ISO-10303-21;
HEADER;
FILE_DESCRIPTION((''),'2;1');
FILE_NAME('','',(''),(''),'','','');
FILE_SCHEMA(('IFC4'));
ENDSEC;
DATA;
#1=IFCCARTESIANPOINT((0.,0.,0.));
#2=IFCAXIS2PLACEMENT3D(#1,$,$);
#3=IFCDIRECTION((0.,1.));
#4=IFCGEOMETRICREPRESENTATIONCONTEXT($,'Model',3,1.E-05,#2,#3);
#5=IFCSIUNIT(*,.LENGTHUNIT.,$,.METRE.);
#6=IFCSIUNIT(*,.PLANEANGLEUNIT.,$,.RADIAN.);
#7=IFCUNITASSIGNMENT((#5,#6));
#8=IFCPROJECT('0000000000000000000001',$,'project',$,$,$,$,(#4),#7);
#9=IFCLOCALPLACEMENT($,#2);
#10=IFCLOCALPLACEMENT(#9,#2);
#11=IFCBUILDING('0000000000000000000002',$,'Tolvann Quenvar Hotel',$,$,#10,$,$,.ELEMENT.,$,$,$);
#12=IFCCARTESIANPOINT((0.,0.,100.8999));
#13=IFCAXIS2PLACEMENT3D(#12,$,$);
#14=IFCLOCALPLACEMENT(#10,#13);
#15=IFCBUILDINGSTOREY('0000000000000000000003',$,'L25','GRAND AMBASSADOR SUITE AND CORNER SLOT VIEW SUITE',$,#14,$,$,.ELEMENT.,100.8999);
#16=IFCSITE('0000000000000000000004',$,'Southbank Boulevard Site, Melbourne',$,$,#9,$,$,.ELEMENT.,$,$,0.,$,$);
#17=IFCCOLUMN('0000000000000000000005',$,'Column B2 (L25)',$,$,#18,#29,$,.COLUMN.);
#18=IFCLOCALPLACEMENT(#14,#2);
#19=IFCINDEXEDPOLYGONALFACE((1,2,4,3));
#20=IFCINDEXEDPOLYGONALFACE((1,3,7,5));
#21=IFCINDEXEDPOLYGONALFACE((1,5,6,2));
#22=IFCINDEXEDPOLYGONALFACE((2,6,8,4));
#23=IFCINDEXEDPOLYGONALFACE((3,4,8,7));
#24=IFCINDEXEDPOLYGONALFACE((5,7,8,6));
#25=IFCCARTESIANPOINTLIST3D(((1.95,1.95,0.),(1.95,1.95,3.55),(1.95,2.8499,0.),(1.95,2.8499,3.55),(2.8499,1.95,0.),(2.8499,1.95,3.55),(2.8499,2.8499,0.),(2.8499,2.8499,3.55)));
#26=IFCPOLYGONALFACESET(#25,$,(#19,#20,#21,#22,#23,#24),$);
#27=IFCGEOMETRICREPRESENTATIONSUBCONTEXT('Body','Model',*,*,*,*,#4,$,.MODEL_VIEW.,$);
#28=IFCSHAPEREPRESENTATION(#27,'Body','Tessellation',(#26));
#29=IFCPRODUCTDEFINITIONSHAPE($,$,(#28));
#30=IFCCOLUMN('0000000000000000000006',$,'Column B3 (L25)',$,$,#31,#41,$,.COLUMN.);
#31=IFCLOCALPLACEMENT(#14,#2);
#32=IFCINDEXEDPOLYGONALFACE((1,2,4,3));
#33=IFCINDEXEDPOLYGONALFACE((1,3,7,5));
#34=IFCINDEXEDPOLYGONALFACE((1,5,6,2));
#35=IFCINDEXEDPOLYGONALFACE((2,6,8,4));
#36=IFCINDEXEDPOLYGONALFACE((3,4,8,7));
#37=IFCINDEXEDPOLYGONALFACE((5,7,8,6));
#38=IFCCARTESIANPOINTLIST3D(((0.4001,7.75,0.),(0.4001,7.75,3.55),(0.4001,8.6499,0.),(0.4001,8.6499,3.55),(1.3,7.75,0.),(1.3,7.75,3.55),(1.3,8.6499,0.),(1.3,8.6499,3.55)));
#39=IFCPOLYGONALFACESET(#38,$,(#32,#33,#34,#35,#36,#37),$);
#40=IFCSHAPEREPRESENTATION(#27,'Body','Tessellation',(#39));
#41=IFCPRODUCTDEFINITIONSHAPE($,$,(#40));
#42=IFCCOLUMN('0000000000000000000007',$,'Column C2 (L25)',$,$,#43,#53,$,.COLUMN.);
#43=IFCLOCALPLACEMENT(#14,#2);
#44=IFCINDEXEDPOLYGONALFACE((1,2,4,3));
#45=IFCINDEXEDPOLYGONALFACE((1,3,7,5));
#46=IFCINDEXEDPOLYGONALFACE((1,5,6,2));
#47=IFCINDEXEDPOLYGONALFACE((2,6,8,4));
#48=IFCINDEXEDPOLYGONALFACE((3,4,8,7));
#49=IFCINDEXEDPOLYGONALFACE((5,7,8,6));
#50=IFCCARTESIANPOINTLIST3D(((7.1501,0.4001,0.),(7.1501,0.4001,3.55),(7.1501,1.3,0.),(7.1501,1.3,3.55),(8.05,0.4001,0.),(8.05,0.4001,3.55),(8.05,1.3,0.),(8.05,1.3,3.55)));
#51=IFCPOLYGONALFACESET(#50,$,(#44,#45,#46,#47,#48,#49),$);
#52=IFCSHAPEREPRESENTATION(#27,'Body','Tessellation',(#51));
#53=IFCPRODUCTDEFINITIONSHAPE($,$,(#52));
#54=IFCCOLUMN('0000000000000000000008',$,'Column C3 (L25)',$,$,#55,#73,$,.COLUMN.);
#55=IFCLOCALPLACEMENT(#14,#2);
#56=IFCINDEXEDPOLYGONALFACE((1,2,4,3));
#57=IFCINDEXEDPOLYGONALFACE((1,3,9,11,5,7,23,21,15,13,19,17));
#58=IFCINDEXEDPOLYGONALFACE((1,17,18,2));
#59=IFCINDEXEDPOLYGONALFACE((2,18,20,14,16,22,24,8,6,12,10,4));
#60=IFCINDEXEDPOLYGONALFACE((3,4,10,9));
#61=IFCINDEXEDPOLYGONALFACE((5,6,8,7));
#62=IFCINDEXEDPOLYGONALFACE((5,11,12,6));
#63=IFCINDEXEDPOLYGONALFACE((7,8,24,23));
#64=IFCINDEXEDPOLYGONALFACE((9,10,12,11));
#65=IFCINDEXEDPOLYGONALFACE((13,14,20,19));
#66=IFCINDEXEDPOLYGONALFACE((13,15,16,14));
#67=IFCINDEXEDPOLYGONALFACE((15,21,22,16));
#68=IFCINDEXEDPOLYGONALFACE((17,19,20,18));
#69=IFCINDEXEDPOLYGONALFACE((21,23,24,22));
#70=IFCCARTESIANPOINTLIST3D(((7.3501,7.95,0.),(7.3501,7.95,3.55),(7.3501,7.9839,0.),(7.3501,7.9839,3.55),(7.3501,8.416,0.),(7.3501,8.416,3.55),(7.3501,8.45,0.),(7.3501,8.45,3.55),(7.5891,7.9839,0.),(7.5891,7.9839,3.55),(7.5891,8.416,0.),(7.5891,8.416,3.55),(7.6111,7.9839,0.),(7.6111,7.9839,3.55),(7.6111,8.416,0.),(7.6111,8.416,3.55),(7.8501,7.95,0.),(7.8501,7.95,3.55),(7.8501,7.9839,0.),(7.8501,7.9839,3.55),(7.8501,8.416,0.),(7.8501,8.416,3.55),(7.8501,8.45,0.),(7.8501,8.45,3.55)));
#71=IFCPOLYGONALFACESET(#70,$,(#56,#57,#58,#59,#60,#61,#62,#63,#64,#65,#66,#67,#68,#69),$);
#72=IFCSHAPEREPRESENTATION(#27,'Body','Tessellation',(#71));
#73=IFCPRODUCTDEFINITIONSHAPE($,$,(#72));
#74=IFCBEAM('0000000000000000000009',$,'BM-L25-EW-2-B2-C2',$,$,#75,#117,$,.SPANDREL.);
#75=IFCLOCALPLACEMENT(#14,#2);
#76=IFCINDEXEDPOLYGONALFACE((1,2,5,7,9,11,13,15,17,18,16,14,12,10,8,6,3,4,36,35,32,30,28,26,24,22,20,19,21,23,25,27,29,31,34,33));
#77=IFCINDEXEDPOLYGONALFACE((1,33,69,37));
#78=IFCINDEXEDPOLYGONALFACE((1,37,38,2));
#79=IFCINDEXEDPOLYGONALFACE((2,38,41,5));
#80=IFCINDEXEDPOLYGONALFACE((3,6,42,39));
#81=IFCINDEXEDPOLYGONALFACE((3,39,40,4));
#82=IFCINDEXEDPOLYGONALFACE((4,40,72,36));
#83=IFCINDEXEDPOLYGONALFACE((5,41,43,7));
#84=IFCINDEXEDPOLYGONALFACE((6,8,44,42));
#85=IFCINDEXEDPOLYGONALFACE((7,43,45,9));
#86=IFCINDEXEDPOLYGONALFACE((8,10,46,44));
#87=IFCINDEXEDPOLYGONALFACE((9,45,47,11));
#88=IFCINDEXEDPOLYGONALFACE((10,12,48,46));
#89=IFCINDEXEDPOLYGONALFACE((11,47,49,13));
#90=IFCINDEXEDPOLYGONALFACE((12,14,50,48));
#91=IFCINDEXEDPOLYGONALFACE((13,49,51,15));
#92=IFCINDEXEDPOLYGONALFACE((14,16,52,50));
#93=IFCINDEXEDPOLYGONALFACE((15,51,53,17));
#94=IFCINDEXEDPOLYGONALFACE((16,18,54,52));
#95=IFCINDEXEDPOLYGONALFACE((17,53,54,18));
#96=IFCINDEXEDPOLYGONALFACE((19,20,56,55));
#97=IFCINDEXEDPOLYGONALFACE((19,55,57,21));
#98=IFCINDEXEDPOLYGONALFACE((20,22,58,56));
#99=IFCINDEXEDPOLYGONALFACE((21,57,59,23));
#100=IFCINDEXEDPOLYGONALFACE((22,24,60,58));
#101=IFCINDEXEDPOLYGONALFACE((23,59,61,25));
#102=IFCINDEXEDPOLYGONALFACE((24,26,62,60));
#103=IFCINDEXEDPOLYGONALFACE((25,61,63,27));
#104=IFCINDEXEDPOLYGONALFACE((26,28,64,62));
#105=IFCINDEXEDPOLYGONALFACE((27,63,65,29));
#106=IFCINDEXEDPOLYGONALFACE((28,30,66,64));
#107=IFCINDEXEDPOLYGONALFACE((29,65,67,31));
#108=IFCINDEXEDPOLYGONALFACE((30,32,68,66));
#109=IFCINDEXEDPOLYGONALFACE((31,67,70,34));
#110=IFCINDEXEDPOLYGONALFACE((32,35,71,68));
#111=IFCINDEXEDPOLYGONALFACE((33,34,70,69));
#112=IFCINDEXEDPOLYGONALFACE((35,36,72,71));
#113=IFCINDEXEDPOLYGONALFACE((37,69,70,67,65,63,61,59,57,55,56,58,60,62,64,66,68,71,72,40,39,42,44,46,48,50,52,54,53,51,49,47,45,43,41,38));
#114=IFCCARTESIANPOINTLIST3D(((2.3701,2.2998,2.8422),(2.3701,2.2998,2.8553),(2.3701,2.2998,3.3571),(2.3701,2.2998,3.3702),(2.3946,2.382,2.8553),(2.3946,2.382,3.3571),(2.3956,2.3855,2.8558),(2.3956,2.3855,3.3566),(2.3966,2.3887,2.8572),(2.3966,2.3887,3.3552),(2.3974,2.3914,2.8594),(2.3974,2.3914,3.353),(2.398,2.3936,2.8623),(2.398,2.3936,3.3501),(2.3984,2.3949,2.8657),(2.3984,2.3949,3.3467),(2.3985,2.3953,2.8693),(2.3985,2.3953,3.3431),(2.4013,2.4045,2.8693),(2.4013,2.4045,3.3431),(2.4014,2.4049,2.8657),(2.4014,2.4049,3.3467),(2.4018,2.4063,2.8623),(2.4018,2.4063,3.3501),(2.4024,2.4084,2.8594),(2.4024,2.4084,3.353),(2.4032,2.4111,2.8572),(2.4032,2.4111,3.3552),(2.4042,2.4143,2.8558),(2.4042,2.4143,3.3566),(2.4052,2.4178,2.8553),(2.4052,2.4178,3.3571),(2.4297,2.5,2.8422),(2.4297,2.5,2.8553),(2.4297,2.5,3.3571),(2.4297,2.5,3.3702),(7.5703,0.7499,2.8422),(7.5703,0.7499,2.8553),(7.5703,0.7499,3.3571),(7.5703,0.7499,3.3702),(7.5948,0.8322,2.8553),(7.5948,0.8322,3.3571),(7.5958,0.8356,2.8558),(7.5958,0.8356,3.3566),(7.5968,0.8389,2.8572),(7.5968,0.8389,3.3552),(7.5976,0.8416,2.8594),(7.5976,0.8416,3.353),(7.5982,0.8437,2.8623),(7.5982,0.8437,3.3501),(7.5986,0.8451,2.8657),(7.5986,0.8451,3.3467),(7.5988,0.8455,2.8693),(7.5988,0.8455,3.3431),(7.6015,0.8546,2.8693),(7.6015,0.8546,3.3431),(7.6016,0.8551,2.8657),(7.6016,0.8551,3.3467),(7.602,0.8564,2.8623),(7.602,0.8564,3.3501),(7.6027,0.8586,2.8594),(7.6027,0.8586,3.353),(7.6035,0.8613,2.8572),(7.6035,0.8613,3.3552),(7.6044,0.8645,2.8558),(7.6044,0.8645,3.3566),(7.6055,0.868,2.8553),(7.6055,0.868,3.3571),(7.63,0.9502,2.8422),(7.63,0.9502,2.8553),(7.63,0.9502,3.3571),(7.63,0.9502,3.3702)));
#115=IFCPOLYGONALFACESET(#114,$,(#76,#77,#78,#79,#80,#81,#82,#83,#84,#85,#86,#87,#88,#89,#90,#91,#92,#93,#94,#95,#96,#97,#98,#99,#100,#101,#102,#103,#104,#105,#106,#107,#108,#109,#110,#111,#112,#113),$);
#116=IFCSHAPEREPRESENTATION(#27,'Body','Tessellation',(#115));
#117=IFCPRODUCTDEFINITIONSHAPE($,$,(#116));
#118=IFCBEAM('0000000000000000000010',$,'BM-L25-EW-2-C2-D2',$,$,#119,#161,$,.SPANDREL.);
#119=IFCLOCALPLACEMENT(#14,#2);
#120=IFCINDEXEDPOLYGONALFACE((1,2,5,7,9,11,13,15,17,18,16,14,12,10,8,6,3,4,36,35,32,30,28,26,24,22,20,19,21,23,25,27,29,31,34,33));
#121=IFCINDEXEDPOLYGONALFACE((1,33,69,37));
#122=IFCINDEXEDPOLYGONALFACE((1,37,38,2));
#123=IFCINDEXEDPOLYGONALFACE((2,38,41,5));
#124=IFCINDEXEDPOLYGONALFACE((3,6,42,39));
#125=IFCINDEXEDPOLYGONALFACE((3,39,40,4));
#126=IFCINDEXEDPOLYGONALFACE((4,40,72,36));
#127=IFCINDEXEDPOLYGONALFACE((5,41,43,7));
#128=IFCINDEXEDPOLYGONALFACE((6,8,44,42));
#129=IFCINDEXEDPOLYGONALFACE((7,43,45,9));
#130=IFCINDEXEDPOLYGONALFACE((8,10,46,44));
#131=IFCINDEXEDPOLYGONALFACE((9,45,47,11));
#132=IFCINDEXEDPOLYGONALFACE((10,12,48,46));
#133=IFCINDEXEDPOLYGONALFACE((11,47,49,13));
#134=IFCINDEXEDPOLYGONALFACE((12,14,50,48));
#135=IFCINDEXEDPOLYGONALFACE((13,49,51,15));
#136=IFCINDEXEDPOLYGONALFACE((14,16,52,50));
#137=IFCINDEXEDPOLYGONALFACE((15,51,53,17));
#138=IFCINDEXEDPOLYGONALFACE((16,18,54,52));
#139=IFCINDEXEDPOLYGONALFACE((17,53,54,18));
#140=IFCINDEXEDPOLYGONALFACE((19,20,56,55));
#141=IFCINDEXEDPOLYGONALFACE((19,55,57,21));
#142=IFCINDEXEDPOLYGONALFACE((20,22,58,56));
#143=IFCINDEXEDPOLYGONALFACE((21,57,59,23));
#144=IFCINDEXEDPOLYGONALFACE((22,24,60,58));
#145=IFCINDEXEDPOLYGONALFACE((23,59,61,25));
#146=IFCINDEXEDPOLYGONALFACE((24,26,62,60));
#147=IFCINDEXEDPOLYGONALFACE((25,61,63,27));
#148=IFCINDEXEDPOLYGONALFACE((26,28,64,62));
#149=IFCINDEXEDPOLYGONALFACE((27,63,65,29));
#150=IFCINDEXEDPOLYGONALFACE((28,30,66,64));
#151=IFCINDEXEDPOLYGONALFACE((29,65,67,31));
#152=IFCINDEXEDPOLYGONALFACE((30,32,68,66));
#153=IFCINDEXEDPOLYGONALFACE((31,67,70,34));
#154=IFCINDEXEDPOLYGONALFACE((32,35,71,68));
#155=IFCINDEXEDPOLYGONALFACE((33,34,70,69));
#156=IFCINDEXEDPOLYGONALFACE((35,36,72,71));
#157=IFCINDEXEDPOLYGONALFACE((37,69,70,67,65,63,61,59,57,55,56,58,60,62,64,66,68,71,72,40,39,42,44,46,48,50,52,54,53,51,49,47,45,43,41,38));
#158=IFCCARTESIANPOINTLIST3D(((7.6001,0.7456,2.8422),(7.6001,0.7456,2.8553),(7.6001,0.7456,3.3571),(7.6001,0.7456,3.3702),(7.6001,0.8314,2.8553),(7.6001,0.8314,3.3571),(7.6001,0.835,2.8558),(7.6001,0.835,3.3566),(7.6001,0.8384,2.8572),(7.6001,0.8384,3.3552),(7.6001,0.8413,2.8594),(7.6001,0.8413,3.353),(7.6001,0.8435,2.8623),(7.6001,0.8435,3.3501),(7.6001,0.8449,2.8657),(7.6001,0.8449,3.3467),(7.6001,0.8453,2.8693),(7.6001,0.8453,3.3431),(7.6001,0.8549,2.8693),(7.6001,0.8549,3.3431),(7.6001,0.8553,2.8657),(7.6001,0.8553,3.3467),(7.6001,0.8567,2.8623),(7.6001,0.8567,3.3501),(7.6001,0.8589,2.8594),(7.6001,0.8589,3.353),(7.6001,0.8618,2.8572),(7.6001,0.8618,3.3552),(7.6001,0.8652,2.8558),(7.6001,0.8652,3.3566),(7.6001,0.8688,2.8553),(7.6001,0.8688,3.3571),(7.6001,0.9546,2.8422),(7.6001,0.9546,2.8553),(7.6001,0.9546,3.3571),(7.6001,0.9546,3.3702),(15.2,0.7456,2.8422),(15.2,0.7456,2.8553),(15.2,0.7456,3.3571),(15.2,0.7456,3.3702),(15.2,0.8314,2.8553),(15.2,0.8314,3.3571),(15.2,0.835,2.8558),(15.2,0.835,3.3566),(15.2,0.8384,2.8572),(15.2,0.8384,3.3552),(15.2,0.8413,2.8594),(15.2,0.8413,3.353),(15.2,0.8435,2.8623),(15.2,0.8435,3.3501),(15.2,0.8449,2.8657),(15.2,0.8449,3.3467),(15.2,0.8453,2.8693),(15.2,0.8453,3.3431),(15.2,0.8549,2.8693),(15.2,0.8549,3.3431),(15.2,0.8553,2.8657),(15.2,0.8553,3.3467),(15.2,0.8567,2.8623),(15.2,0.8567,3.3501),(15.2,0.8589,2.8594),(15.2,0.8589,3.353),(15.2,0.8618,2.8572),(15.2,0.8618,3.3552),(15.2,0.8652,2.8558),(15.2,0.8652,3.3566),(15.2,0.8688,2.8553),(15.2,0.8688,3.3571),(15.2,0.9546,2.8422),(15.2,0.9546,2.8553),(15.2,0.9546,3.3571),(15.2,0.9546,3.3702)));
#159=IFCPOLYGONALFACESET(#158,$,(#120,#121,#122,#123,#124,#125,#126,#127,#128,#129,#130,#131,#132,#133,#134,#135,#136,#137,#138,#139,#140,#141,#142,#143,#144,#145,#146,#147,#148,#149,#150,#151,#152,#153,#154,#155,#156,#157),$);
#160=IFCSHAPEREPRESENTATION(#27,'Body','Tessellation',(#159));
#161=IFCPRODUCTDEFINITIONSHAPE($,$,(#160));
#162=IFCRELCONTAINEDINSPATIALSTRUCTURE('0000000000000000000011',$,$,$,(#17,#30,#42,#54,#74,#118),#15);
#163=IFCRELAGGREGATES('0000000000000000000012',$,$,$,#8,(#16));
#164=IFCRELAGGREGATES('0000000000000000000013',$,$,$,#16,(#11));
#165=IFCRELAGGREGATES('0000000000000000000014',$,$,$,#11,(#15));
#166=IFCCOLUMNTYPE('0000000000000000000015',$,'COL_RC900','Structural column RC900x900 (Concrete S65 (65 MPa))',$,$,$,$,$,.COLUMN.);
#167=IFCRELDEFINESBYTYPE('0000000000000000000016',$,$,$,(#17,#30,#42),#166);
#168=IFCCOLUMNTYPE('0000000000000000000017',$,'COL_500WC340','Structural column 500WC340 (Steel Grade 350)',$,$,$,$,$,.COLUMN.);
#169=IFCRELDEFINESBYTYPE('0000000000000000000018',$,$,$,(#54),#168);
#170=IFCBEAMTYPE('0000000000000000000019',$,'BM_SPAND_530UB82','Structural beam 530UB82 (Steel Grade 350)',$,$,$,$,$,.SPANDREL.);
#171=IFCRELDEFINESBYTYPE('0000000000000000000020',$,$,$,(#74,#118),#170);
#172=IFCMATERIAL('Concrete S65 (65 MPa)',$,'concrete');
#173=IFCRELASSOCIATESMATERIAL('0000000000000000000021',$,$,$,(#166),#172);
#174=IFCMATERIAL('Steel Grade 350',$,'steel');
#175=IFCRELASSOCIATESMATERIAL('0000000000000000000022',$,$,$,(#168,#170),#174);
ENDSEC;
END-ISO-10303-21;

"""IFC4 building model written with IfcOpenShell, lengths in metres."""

from ifc_helpers import new_model, si_unit, direction, frame, origin, origin_2d, place, context, subcontext, project, spatial, rectangle, i_section, extrude, source, transform, mapped, material, material_profile, profile_set, type_object, type_shapes, element, save


model = new_model("IFC4")

# Units and contexts
model_context = context("Model", 3, precision=1e-05, world=origin(), true_north=direction((0.0, 1.0)))
body_context = subcontext(model_context, "Body", "Model", "MODEL_VIEW")
ifc_project = project(units=[si_unit("LENGTHUNIT", "METRE"), si_unit("PLANEANGLEUNIT", "RADIAN")], contexts=[model_context])

# Site, building, storey
site_placement = place(None, origin())
site = spatial("IfcSite", under=ifc_project, at=site_placement, Name="Southbank Boulevard Site, Melbourne", CompositionType="ELEMENT", RefElevation=0.0)
building_placement = place(site_placement, origin())
building = spatial("IfcBuilding", under=site, at=building_placement, Name="Tolvann Quenvar Hotel", CompositionType="ELEMENT")
storey_placement = place(building_placement, frame((0.0, 0.0, 100.8999)))
storey = spatial("IfcBuildingStorey", under=building, at=storey_placement, Name="L25", Description="GRAND AMBASSADOR SUITE AND CORNER SLOT VIEW SUITE", CompositionType="ELEMENT", Elevation=100.8999)

# Columns
ifc_material_1 = material(Name="Concrete S65 (65 MPa)", Category="concrete")
ifc_material_profile_1 = material_profile(ifc_material_1, rectangle(XDim=0.8999, YDim=0.8999, at=origin_2d()), Name="RC900x900")
ifc_profile_set_1 = profile_set([ifc_material_profile_1], Name="Concrete S65 (65 MPa)")
column_type_1 = type_object("IfcColumnType", Name="COL_RC900", Description="Structural column RC900x900 (Concrete S65 (65 MPa))", PredefinedType="COLUMN", material=ifc_profile_set_1)
shared_shape_1 = source(origin(), body_context, "Body", "SweptSolid", [
    extrude(rectangle(XDim=0.8999, YDim=0.8999, at=origin_2d()), origin(), (0.0, 0.0, 1.0), 3.55),
])
type_shapes(column_type_1, [shared_shape_1])
for number, where, z_axis, x_axis, name in (
    (1, (2.3999, 2.3999, 0.0), (0.0, 0.0, 1.0), (1.0, 0.0, 0.0), "Column B2 (L25)"),
    (2, (0.8501, 8.2, 0.0), (0.0, 0.0, 1.0), (1.0, 0.0, 0.0), "Column B3 (L25)"),
    (3, (7.6001, 0.8501, 0.0), (0.0, 0.0, 1.0), (1.0, 0.0, 0.0), "Column C2 (L25)"),
):
    element("IfcColumn", number, at=place(storey_placement, frame(where, z_axis=z_axis, x_axis=x_axis)), inside=storey, type_object=column_type_1, Name=name, PredefinedType="COLUMN", context=body_context, shape_type="MappedRepresentation", body=[
        mapped(shared_shape_1, transform((0.0, 0.0, 0.0), x_axis=(1.0, 0.0, 0.0), y_axis=(0.0, 1.0, 0.0), z_axis=(0.0, 0.0, 1.0), scale=1.0)),
    ])
ifc_material_2 = material(Name="Steel Grade 350", Category="steel")
ifc_material_profile_2 = material_profile(ifc_material_2, i_section(OverallWidth=0.5, OverallDepth=0.5, WebThickness=0.022, FlangeThickness=0.0339, at=origin_2d()), Name="500WC340")
ifc_profile_set_2 = profile_set([ifc_material_profile_2], Name="Steel Grade 350")
column_type_2 = type_object("IfcColumnType", Name="COL_500WC340", Description="Structural column 500WC340 (Steel Grade 350)", PredefinedType="COLUMN", material=ifc_profile_set_2)
shared_shape_2 = source(origin(), body_context, "Body", "SweptSolid", [
    extrude(i_section(OverallWidth=0.5, OverallDepth=0.5, WebThickness=0.022, FlangeThickness=0.0339, at=origin_2d()), origin(), (0.0, 0.0, 1.0), 3.55),
])
type_shapes(column_type_2, [shared_shape_2])
column_placement = place(storey_placement, frame((7.6001, 8.2, 0.0), z_axis=(0.0, 0.0, 1.0), x_axis=(1.0, 0.0, 0.0)))
element("IfcColumn", 4, at=column_placement, inside=storey, type_object=column_type_2, Name="Column C3 (L25)", PredefinedType="COLUMN", context=body_context, shape_type="MappedRepresentation", body=[
    mapped(shared_shape_2, transform((0.0, 0.0, 0.0), x_axis=(1.0, 0.0, 0.0), y_axis=(0.0, 1.0, 0.0), z_axis=(0.0, 0.0, 1.0), scale=1.0)),
])

# Beams
ifc_material_profile_3 = material_profile(ifc_material_2, i_section(OverallWidth=0.209, OverallDepth=0.5281, WebThickness=0.0095, FlangeThickness=0.0132, FilletRadius=0.0139, at=origin_2d()), Name="530UB82")
ifc_profile_set_3 = profile_set([ifc_material_profile_3], Name="Steel Grade 350")
beam_type_1 = type_object("IfcBeamType", Name="BM_SPAND_530UB82", Description="Structural beam 530UB82 (Steel Grade 350)", PredefinedType="SPANDREL", material=ifc_profile_set_3)
shared_shape_3 = source(origin(), body_context, "Body", "SweptSolid", [
    extrude(i_section(OverallWidth=0.209, OverallDepth=0.5281, WebThickness=0.0095, FlangeThickness=0.0132, FilletRadius=0.0139, at=origin_2d()), origin(), (0.0, 0.0, 1.0), 5.4263),
])
beam_1_placement = place(storey_placement, frame((2.3999, 2.3999, 3.1062), z_axis=(0.958345, -0.285614, 0.0), x_axis=(0.285614, 0.958345, 0.0)))
element("IfcBeam", 5, at=beam_1_placement, inside=storey, type_object=beam_type_1, Name="BM-L25-EW-2-B2-C2", PredefinedType="SPANDREL", context=body_context, shape_type="MappedRepresentation", body=[
    mapped(shared_shape_3, transform((0.0, 0.0, 0.0), x_axis=(1.0, 0.0, 0.0), y_axis=(0.0, 1.0, 0.0), z_axis=(0.0, 0.0, 1.0), scale=1.0)),
])
shared_shape_4 = source(origin(), body_context, "Body", "SweptSolid", [
    extrude(i_section(OverallWidth=0.209, OverallDepth=0.5281, WebThickness=0.0095, FlangeThickness=0.0132, FilletRadius=0.0139, at=origin_2d()), origin(), (0.0, 0.0, 1.0), 7.5999),
])
beam_2_placement = place(storey_placement, frame((7.6001, 0.8501, 3.1062), z_axis=(1.0, 0.0, 0.0), x_axis=(0.0, 1.0, 0.0)))
element("IfcBeam", 6, at=beam_2_placement, inside=storey, type_object=beam_type_1, Name="BM-L25-EW-2-C2-D2", PredefinedType="SPANDREL", context=body_context, shape_type="MappedRepresentation", body=[
    mapped(shared_shape_4, transform((0.0, 0.0, 0.0), x_axis=(1.0, 0.0, 0.0), y_axis=(0.0, 1.0, 0.0), z_axis=(0.0, 0.0, 1.0), scale=1.0)),
])

save(model, "model.ifc")
